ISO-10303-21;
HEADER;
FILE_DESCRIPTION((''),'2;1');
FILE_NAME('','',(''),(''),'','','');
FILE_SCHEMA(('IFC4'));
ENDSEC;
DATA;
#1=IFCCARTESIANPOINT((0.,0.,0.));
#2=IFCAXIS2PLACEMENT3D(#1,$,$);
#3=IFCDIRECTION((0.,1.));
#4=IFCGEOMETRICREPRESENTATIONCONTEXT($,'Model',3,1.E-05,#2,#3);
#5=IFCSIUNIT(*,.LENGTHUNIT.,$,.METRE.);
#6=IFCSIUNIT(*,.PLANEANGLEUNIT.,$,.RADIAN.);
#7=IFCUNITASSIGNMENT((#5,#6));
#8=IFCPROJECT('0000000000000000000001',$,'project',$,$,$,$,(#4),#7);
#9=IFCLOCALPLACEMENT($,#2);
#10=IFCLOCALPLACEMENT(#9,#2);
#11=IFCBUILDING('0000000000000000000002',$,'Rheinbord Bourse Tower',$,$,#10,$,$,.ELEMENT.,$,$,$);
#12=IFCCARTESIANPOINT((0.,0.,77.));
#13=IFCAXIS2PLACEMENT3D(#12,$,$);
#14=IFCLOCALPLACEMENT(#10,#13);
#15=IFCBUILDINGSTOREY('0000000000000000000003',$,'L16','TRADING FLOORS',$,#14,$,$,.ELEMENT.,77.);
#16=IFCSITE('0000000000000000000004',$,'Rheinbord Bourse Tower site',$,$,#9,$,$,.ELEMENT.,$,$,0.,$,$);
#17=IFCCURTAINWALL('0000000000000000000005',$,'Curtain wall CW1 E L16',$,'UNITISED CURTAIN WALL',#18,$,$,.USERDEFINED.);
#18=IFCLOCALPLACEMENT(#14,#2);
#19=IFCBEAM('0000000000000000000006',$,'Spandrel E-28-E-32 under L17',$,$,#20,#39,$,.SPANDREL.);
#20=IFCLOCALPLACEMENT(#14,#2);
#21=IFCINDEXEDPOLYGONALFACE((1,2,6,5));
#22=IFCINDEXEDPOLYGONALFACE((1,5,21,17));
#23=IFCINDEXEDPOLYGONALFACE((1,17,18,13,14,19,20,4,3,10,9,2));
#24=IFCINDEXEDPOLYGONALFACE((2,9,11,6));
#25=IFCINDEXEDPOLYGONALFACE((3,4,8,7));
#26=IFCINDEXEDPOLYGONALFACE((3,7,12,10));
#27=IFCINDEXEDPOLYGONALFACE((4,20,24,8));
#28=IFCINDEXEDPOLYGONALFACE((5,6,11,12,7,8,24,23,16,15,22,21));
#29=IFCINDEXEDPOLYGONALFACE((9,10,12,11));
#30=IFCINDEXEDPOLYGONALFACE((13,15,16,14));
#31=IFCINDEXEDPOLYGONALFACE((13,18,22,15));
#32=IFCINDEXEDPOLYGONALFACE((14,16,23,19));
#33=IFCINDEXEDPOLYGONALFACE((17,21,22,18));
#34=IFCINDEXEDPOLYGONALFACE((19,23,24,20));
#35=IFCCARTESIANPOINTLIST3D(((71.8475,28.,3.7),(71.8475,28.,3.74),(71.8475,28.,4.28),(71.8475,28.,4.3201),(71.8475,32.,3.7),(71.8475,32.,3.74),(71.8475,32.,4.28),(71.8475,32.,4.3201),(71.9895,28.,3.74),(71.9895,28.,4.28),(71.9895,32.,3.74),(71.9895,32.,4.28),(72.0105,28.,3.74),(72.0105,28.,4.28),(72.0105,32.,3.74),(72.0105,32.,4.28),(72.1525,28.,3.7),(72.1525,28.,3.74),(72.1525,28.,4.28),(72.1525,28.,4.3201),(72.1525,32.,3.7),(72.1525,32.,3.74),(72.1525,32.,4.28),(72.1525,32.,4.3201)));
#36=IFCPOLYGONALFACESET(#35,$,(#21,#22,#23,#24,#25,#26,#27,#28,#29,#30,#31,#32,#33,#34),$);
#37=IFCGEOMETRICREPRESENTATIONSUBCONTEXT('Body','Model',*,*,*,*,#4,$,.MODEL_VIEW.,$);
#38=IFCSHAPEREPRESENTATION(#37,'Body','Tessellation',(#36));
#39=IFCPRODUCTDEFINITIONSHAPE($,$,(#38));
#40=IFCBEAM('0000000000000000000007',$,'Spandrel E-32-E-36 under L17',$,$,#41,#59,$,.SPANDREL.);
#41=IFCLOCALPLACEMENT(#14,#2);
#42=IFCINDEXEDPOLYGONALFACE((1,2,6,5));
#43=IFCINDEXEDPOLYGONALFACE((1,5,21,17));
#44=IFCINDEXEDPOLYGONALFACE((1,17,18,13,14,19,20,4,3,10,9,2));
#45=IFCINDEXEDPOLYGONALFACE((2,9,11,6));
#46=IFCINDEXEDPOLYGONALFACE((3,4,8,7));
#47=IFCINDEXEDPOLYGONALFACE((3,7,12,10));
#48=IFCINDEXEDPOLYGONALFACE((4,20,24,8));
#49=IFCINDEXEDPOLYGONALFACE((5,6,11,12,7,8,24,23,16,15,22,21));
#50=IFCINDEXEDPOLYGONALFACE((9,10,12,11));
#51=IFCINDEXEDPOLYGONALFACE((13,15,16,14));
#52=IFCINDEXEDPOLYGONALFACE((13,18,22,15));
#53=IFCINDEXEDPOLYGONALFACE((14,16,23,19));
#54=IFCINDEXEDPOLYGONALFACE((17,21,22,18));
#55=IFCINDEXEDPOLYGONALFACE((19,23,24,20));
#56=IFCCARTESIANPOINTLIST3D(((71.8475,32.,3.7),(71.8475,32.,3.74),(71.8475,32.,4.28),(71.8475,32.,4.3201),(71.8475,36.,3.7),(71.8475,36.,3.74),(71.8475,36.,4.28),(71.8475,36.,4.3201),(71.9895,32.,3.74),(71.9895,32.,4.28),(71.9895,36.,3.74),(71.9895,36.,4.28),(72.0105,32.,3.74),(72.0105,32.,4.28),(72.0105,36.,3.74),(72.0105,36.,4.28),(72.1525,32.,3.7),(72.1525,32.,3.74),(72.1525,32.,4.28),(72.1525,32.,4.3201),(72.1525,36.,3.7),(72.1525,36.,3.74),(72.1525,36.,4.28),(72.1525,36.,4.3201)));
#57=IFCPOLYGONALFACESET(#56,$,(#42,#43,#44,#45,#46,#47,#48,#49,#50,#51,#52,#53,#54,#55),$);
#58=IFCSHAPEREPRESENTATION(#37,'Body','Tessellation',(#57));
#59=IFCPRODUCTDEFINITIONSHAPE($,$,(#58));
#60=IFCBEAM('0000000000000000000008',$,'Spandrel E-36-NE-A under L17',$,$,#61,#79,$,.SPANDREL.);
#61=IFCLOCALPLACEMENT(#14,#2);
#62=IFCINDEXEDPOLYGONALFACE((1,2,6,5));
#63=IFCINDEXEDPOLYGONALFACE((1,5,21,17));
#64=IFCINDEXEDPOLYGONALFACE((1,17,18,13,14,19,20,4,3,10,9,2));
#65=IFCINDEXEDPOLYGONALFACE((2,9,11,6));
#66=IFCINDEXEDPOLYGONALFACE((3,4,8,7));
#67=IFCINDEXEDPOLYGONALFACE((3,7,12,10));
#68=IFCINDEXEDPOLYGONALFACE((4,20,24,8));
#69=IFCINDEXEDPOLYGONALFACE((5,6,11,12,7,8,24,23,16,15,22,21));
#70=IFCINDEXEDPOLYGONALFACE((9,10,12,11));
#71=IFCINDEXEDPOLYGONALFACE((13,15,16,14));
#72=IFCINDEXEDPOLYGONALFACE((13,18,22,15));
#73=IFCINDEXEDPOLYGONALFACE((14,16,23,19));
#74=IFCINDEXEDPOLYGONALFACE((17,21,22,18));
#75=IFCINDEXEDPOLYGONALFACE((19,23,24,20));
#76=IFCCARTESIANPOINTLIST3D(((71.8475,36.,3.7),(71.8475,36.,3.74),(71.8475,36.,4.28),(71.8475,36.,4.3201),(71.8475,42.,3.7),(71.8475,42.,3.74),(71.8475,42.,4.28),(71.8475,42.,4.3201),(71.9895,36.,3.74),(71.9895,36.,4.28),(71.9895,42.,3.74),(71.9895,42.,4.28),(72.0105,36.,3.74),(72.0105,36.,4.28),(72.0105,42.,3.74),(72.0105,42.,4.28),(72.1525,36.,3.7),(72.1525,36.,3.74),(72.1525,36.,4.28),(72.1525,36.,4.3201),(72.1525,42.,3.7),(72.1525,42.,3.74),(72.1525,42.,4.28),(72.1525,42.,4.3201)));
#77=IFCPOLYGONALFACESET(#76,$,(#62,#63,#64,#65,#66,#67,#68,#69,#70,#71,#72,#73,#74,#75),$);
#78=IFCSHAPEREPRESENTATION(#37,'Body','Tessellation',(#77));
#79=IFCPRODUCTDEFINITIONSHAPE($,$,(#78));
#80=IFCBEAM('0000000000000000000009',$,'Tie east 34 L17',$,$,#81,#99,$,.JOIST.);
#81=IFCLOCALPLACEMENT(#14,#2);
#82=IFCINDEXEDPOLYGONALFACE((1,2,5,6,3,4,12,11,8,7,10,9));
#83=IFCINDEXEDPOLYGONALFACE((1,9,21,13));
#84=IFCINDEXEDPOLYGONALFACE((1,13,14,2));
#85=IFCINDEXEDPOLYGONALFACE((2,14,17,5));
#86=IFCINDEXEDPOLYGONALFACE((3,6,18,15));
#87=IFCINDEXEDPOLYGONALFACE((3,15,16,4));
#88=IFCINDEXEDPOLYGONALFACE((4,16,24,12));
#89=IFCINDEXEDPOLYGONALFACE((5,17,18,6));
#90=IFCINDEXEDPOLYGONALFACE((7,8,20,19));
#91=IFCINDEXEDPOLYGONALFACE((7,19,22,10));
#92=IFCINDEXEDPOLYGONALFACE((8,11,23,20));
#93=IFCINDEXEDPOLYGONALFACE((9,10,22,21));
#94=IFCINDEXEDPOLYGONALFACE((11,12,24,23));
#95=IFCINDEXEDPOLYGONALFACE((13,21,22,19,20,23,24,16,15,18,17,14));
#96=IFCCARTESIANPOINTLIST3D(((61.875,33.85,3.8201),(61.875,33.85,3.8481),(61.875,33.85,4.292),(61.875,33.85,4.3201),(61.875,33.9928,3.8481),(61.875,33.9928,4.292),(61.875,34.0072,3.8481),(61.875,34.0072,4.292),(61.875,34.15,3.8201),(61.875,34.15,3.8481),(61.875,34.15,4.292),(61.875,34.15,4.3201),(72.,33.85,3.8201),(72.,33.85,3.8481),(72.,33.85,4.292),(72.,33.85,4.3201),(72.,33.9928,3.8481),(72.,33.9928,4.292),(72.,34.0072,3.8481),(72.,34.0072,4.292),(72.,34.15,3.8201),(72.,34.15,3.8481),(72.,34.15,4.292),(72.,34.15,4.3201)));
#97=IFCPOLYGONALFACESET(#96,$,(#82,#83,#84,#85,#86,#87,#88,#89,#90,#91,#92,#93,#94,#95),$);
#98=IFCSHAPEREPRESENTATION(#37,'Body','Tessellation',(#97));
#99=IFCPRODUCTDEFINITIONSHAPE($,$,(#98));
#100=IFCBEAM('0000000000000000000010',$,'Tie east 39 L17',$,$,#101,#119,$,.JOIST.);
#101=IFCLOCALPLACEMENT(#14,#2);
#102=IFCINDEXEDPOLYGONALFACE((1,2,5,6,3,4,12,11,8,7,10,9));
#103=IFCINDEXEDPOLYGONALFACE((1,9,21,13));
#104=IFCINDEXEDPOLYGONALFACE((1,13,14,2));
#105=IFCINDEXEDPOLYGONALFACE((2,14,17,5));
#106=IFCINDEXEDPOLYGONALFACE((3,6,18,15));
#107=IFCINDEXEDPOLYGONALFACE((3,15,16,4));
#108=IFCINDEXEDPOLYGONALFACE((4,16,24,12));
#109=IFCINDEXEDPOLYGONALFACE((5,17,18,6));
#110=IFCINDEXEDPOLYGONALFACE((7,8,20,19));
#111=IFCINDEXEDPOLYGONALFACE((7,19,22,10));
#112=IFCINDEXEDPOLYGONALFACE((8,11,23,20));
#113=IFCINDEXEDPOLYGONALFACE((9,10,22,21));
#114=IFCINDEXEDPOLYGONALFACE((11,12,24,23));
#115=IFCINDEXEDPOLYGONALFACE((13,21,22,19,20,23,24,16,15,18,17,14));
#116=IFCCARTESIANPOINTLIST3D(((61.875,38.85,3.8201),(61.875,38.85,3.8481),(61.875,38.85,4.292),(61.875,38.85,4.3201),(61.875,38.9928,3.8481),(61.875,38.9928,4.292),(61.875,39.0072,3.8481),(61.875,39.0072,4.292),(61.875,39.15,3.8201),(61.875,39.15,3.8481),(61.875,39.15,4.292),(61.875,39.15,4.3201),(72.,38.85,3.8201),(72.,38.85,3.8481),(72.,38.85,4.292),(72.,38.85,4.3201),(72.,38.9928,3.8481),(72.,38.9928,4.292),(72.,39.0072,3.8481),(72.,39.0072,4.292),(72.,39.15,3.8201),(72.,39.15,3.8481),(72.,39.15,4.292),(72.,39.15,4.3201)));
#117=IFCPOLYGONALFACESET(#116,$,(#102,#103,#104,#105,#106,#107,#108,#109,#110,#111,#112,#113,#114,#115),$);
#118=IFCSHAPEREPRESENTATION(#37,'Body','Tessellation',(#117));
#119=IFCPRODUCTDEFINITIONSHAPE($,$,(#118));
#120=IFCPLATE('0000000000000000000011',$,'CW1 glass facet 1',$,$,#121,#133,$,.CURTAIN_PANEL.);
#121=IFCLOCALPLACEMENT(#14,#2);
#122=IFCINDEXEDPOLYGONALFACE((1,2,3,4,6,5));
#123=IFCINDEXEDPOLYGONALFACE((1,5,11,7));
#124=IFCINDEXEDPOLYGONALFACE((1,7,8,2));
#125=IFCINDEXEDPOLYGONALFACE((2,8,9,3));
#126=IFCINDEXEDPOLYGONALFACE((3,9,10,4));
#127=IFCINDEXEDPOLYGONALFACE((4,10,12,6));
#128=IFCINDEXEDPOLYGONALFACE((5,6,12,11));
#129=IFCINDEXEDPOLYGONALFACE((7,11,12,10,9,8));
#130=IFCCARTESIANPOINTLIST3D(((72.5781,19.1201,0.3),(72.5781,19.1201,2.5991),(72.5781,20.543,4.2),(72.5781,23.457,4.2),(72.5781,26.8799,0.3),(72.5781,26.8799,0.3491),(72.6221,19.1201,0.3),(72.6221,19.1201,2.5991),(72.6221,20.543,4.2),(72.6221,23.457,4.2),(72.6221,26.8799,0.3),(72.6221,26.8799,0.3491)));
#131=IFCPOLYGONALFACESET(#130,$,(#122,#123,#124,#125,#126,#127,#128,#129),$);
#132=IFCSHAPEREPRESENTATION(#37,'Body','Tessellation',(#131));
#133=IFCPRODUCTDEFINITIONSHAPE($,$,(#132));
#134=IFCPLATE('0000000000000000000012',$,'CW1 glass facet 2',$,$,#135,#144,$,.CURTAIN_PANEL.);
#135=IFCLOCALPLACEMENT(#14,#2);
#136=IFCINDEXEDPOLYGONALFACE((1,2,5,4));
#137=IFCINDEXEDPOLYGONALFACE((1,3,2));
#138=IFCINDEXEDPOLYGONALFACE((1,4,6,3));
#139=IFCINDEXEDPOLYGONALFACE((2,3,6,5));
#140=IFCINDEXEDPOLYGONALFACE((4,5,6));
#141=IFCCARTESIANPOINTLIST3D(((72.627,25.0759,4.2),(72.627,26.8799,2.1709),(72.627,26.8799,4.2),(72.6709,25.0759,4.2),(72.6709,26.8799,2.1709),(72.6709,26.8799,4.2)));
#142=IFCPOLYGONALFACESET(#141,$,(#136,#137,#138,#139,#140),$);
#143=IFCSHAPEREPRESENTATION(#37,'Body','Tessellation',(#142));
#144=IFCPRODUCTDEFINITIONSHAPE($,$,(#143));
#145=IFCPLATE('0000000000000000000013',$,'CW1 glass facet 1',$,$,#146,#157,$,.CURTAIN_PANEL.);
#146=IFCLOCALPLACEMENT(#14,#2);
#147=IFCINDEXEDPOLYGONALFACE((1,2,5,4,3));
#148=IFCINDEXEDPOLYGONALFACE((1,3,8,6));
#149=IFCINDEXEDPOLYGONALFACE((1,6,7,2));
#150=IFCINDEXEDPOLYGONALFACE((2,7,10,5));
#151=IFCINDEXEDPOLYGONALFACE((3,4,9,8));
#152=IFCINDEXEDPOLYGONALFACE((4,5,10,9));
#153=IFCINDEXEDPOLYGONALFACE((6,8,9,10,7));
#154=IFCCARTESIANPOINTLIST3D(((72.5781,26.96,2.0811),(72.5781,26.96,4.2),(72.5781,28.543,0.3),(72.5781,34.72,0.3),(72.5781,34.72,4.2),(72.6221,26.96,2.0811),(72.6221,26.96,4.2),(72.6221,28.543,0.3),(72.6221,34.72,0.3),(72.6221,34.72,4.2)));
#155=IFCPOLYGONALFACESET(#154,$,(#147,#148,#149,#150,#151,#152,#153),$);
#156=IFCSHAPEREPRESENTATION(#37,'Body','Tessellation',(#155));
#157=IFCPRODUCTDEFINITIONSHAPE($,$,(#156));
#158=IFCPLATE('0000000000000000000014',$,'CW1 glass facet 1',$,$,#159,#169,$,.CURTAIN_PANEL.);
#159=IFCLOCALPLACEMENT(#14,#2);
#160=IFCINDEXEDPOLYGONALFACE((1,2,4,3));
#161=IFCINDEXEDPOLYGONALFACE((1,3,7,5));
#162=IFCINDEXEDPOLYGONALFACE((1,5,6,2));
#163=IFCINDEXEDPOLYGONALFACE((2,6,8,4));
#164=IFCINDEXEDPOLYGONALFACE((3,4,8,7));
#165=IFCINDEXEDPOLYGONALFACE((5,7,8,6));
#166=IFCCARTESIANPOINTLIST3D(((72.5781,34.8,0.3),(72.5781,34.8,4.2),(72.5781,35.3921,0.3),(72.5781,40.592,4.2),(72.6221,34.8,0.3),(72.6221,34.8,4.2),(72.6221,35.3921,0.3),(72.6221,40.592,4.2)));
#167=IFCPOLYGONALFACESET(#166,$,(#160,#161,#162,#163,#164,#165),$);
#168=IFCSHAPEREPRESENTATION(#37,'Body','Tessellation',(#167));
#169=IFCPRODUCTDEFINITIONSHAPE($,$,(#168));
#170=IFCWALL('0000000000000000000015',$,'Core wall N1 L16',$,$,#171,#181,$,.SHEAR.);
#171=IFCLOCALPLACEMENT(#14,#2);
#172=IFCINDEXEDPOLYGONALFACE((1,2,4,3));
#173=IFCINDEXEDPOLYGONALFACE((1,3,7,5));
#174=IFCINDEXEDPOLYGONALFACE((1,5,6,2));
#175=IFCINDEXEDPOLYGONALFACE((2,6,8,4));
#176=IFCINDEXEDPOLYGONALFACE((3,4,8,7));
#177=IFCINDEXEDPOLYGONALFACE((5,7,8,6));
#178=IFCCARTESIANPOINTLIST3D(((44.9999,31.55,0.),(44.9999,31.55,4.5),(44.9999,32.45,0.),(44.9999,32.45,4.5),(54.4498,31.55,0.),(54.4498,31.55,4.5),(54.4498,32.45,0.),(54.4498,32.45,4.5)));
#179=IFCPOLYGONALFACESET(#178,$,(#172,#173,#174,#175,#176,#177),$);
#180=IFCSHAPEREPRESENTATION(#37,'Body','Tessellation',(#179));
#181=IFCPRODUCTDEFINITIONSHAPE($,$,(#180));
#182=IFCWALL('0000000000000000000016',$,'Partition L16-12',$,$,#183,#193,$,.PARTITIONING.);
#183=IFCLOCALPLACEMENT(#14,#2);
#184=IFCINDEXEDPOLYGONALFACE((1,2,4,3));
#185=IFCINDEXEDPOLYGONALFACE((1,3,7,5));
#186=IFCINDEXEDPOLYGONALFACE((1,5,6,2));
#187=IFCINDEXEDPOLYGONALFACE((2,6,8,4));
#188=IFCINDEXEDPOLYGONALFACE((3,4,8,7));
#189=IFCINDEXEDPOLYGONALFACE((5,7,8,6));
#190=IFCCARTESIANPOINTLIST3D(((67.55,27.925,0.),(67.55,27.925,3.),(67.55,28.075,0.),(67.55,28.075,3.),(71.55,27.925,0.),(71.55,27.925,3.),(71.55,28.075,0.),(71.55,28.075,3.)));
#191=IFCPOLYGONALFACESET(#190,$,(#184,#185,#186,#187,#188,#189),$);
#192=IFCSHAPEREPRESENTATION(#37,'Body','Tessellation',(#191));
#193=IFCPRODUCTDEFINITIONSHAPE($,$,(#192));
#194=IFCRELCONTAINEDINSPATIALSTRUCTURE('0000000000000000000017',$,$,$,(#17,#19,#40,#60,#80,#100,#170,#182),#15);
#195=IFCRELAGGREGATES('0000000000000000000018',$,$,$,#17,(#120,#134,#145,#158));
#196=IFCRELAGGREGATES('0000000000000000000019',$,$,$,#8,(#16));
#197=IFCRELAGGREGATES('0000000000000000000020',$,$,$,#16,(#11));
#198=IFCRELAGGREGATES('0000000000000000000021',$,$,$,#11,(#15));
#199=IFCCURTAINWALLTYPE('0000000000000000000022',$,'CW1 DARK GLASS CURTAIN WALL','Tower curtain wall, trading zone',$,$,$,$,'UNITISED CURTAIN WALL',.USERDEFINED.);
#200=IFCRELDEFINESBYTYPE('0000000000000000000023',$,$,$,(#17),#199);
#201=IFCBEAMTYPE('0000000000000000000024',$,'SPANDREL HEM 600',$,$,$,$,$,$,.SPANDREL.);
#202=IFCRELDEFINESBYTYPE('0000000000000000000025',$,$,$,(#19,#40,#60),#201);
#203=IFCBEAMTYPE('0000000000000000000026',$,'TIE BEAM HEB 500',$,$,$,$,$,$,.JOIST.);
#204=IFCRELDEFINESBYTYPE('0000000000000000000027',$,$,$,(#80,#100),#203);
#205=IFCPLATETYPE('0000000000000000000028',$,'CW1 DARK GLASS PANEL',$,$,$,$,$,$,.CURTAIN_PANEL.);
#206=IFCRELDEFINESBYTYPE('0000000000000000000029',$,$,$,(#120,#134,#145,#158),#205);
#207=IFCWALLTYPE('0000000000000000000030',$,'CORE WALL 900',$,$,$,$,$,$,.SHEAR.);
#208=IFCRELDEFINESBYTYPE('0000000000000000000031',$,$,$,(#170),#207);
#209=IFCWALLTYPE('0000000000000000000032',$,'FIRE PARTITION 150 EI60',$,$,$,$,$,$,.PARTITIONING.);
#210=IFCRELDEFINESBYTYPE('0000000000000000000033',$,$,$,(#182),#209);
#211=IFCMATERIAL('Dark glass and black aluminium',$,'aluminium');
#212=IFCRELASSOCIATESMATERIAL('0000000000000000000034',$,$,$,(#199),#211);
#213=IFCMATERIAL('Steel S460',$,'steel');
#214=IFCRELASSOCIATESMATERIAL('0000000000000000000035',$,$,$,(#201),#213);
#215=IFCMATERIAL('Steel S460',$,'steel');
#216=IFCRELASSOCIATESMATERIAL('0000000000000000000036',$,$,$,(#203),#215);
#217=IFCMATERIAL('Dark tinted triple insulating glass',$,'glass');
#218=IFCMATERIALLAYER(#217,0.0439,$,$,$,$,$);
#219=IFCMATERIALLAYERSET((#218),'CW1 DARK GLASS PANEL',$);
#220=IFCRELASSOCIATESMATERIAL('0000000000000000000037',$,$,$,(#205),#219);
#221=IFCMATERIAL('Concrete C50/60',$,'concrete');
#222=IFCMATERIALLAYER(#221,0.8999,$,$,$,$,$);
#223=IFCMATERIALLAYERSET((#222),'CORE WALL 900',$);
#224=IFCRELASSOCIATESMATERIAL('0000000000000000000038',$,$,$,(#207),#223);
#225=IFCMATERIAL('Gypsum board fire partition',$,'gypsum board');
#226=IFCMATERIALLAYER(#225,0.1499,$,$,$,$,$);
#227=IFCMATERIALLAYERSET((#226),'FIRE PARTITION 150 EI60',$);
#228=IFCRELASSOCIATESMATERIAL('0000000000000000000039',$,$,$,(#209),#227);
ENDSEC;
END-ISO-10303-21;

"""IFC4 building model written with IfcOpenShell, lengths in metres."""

from ifc_helpers import new_model, si_unit, direction, frame, frame_2d, origin, origin_2d, place, context, subcontext, project, spatial, polyline, rectangle, i_section, outline, extrude, material, layer, layer_set, material_profile, profile_set, type_object, element, aggregate, save


model = new_model("IFC4")

# Units and contexts
model_context = context("Model", 3, precision=1e-05, world=origin(), true_north=direction((0.0, 1.0)))
body_context = subcontext(model_context, "Body", "Model", "MODEL_VIEW")
ifc_project = project(units=[si_unit("LENGTHUNIT", "METRE"), si_unit("PLANEANGLEUNIT", "RADIAN")], contexts=[model_context])

# Site, building, storey
site_placement = place(None, origin())
site = spatial("IfcSite", under=ifc_project, at=site_placement, Name="Rheinbord Bourse Tower site", CompositionType="ELEMENT", RefElevation=0.0)
building_placement = place(site_placement, origin())
building = spatial("IfcBuilding", under=site, at=building_placement, Name="Rheinbord Bourse Tower", CompositionType="ELEMENT")
storey_placement = place(building_placement, frame((0.0, 0.0, 77.0)))
storey = spatial("IfcBuildingStorey", under=building, at=storey_placement, Name="L16", Description="TRADING FLOORS", CompositionType="ELEMENT", Elevation=77.0)

# Curtain wall
ifc_material_1 = material(Name="Dark glass and black aluminium", Category="aluminium")
curtain_wall_type = type_object("IfcCurtainWallType", Name="CW1 DARK GLASS CURTAIN WALL", Description="Tower curtain wall, trading zone", ElementType="UNITISED CURTAIN WALL", PredefinedType="USERDEFINED", material=ifc_material_1)
curtain_wall_placement = place(storey_placement, origin())
curtain_wall = element("IfcCurtainWall", 1, at=curtain_wall_placement, inside=storey, type_object=curtain_wall_type, Name="Curtain wall CW1 E L16", ObjectType="UNITISED CURTAIN WALL", PredefinedType="USERDEFINED")

# Beams
ifc_material_2 = material(Name="Steel S460", Category="steel")
ifc_material_profile_1 = material_profile(ifc_material_2, i_section(OverallWidth=0.3049, OverallDepth=0.6201, WebThickness=0.021, FlangeThickness=0.04, at=origin_2d()), Name="HEM 600")
ifc_profile_set_1 = profile_set([ifc_material_profile_1], Name="Steel S460")
beam_type_1 = type_object("IfcBeamType", Name="SPANDREL HEM 600", PredefinedType="SPANDREL", material=ifc_profile_set_1)
for number, where, z_axis, x_axis, name in (
    (2, (72.0, 28.0, 4.01), (0.0, 1.0, 0.0), (-1.0, 0.0, 0.0), "Spandrel E-28-E-32 under L17"),
    (3, (72.0, 32.0, 4.01), (0.0, 1.0, 0.0), (-1.0, 0.0, 0.0), "Spandrel E-32-E-36 under L17"),
):
    element("IfcBeam", number, at=place(storey_placement, frame(where, z_axis=z_axis, x_axis=x_axis)), inside=storey, type_object=beam_type_1, Name=name, PredefinedType="SPANDREL", context=body_context, shape_type="SweptSolid", body=[
        extrude(i_section(OverallWidth=0.3049, OverallDepth=0.6201, WebThickness=0.021, FlangeThickness=0.04, at=origin_2d()), origin(), (0.0, 0.0, 1.0), 4.0),
    ])
beam_1_placement = place(storey_placement, frame((72.0, 36.0, 4.01), z_axis=(0.0, 1.0, 0.0), x_axis=(-1.0, 0.0, 0.0)))
element("IfcBeam", 4, at=beam_1_placement, inside=storey, type_object=beam_type_1, Name="Spandrel E-36-NE-A under L17", PredefinedType="SPANDREL", context=body_context, shape_type="SweptSolid", body=[
    extrude(i_section(OverallWidth=0.3049, OverallDepth=0.6201, WebThickness=0.021, FlangeThickness=0.04, at=origin_2d()), origin(), (0.0, 0.0, 1.0), 6.0),
])
ifc_material_3 = material(Name="Steel S460", Category="steel")
ifc_material_profile_2 = material_profile(ifc_material_3, i_section(OverallWidth=0.3, OverallDepth=0.5, WebThickness=0.0144, FlangeThickness=0.0281, at=origin_2d()), Name="HEB 500")
ifc_profile_set_2 = profile_set([ifc_material_profile_2], Name="Steel S460")
beam_type_2 = type_object("IfcBeamType", Name="TIE BEAM HEB 500", PredefinedType="JOIST", material=ifc_profile_set_2)
for number, where, z_axis, x_axis, name in (
    (5, (61.875, 34.0, 4.0701), (1.0, 0.0, 0.0), (0.0, 1.0, 0.0), "Tie east 34 L17"),
    (6, (61.875, 39.0, 4.0701), (1.0, 0.0, 0.0), (0.0, 1.0, 0.0), "Tie east 39 L17"),
):
    element("IfcBeam", number, at=place(storey_placement, frame(where, z_axis=z_axis, x_axis=x_axis)), inside=storey, type_object=beam_type_2, Name=name, PredefinedType="JOIST", context=body_context, shape_type="SweptSolid", body=[
        extrude(i_section(OverallWidth=0.3, OverallDepth=0.5, WebThickness=0.0144, FlangeThickness=0.0281, at=origin_2d()), origin(), (0.0, 0.0, 1.0), 10.125),
    ])

# Plates
ifc_material_4 = material(Name="Dark tinted triple insulating glass", Category="glass")
ifc_layer_1 = layer(ifc_material_4, 0.0439)
ifc_layer_set_1 = layer_set([ifc_layer_1], Name="CW1 DARK GLASS PANEL")
plate_type = type_object("IfcPlateType", Name="CW1 DARK GLASS PANEL", PredefinedType="CURTAIN_PANEL", material=ifc_layer_set_1)
plate_1_placement = place(storey_placement, frame((72.6221, 26.8799, 0.3), z_axis=(-1.0, 0.0, 0.0), x_axis=(0.0, -1.0, 0.0)))
plate_1 = element("IfcPlate", 7, at=plate_1_placement, type_object=plate_type, Name="CW1 glass facet 1", PredefinedType="CURTAIN_PANEL", context=body_context, shape_type="SweptSolid", body=[
    extrude(outline(polyline([(0.0, 0.0), (7.7598, 0.0), (7.7598, 2.2991), (6.3369, 3.8999), (3.4229, 3.8999), (0.0, 0.0491), (0.0, 0.0)])), origin(), (0.0, 0.0, 1.0), 0.0439),
])
plate_2_placement = place(storey_placement, frame((72.6709, 26.8799, 4.2), z_axis=(-1.0, 0.0, 0.0), x_axis=(0.0, 0.0, -1.0)))
plate_2 = element("IfcPlate", 8, at=plate_2_placement, type_object=plate_type, Name="CW1 glass facet 2", PredefinedType="CURTAIN_PANEL", context=body_context, shape_type="SweptSolid", body=[
    extrude(outline(polyline([(0.0, 0.0), (2.0291, 0.0), (0.0, 1.804), (0.0, 0.0)])), origin(), (0.0, 0.0, 1.0), 0.0439),
])
plate_3_placement = place(storey_placement, frame((72.6221, 26.96, 4.2), z_axis=(-1.0, 0.0, 0.0), x_axis=(0.0, 1.0, 0.0)))
plate_3 = element("IfcPlate", 9, at=plate_3_placement, type_object=plate_type, Name="CW1 glass facet 1", PredefinedType="CURTAIN_PANEL", context=body_context, shape_type="SweptSolid", body=[
    extrude(outline(polyline([(0.0, 0.0), (7.76, 0.0), (7.76, 3.8999), (1.583, 3.8999), (0.0, 2.1189), (0.0, 0.0)])), origin(), (0.0, 0.0, 1.0), 0.0439),
])
plate_4_placement = place(storey_placement, frame((72.6221, 34.8, 0.3), z_axis=(-1.0, 0.0, 0.0), x_axis=(0.0, 0.0, 1.0)))
plate_4 = element("IfcPlate", 10, at=plate_4_placement, type_object=plate_type, Name="CW1 glass facet 1", PredefinedType="CURTAIN_PANEL", context=body_context, shape_type="SweptSolid", body=[
    extrude(outline(polyline([(0.0, 0.0), (3.8999, 0.0), (3.8999, 5.792), (0.0, 0.592), (0.0, 0.0)])), origin(), (0.0, 0.0, 1.0), 0.0439),
])
aggregate(curtain_wall, [plate_1, plate_2, plate_3, plate_4])

# Walls
ifc_material_5 = material(Name="Concrete C50/60", Category="concrete")
ifc_layer_2 = layer(ifc_material_5, 0.8999)
ifc_layer_set_2 = layer_set([ifc_layer_2], Name="CORE WALL 900")
wall_type_1 = type_object("IfcWallType", Name="CORE WALL 900", PredefinedType="SHEAR", material=ifc_layer_set_2)
wall_1_placement = place(storey_placement, frame((54.45, 32.0, 0.0), z_axis=(0.0, 0.0, 1.0), x_axis=(-1.0, 0.0, 0.0)))
element("IfcWall", 11, at=wall_1_placement, inside=storey, type_object=wall_type_1, Name="Core wall N1 L16", PredefinedType="SHEAR", context=body_context, shape_type="SweptSolid", body=[
    extrude(rectangle(XDim=9.45, YDim=0.8999, at=frame_2d((4.7251, 0.0))), origin(), (0.0, 0.0, 1.0), 4.5),
])
ifc_material_6 = material(Name="Gypsum board fire partition", Category="gypsum board")
ifc_layer_3 = layer(ifc_material_6, 0.1499)
ifc_layer_set_3 = layer_set([ifc_layer_3], Name="FIRE PARTITION 150 EI60")
wall_type_2 = type_object("IfcWallType", Name="FIRE PARTITION 150 EI60", PredefinedType="PARTITIONING", material=ifc_layer_set_3)
for number, where, z_axis, x_axis, name in (
    (12, (67.55, 28.0, 0.0), (0.0, 0.0, 1.0), (1.0, 0.0, 0.0), "Partition L16-12"),
):
    element("IfcWall", number, at=place(storey_placement, frame(where, z_axis=z_axis, x_axis=x_axis)), inside=storey, type_object=wall_type_2, Name=name, PredefinedType="PARTITIONING", context=body_context, shape_type="SweptSolid", body=[
        extrude(rectangle(XDim=4.0, YDim=0.1499, at=frame_2d((2.0, 0.0))), origin(), (0.0, 0.0, 1.0), 3.0),
    ])

save(model, "model.ifc")
